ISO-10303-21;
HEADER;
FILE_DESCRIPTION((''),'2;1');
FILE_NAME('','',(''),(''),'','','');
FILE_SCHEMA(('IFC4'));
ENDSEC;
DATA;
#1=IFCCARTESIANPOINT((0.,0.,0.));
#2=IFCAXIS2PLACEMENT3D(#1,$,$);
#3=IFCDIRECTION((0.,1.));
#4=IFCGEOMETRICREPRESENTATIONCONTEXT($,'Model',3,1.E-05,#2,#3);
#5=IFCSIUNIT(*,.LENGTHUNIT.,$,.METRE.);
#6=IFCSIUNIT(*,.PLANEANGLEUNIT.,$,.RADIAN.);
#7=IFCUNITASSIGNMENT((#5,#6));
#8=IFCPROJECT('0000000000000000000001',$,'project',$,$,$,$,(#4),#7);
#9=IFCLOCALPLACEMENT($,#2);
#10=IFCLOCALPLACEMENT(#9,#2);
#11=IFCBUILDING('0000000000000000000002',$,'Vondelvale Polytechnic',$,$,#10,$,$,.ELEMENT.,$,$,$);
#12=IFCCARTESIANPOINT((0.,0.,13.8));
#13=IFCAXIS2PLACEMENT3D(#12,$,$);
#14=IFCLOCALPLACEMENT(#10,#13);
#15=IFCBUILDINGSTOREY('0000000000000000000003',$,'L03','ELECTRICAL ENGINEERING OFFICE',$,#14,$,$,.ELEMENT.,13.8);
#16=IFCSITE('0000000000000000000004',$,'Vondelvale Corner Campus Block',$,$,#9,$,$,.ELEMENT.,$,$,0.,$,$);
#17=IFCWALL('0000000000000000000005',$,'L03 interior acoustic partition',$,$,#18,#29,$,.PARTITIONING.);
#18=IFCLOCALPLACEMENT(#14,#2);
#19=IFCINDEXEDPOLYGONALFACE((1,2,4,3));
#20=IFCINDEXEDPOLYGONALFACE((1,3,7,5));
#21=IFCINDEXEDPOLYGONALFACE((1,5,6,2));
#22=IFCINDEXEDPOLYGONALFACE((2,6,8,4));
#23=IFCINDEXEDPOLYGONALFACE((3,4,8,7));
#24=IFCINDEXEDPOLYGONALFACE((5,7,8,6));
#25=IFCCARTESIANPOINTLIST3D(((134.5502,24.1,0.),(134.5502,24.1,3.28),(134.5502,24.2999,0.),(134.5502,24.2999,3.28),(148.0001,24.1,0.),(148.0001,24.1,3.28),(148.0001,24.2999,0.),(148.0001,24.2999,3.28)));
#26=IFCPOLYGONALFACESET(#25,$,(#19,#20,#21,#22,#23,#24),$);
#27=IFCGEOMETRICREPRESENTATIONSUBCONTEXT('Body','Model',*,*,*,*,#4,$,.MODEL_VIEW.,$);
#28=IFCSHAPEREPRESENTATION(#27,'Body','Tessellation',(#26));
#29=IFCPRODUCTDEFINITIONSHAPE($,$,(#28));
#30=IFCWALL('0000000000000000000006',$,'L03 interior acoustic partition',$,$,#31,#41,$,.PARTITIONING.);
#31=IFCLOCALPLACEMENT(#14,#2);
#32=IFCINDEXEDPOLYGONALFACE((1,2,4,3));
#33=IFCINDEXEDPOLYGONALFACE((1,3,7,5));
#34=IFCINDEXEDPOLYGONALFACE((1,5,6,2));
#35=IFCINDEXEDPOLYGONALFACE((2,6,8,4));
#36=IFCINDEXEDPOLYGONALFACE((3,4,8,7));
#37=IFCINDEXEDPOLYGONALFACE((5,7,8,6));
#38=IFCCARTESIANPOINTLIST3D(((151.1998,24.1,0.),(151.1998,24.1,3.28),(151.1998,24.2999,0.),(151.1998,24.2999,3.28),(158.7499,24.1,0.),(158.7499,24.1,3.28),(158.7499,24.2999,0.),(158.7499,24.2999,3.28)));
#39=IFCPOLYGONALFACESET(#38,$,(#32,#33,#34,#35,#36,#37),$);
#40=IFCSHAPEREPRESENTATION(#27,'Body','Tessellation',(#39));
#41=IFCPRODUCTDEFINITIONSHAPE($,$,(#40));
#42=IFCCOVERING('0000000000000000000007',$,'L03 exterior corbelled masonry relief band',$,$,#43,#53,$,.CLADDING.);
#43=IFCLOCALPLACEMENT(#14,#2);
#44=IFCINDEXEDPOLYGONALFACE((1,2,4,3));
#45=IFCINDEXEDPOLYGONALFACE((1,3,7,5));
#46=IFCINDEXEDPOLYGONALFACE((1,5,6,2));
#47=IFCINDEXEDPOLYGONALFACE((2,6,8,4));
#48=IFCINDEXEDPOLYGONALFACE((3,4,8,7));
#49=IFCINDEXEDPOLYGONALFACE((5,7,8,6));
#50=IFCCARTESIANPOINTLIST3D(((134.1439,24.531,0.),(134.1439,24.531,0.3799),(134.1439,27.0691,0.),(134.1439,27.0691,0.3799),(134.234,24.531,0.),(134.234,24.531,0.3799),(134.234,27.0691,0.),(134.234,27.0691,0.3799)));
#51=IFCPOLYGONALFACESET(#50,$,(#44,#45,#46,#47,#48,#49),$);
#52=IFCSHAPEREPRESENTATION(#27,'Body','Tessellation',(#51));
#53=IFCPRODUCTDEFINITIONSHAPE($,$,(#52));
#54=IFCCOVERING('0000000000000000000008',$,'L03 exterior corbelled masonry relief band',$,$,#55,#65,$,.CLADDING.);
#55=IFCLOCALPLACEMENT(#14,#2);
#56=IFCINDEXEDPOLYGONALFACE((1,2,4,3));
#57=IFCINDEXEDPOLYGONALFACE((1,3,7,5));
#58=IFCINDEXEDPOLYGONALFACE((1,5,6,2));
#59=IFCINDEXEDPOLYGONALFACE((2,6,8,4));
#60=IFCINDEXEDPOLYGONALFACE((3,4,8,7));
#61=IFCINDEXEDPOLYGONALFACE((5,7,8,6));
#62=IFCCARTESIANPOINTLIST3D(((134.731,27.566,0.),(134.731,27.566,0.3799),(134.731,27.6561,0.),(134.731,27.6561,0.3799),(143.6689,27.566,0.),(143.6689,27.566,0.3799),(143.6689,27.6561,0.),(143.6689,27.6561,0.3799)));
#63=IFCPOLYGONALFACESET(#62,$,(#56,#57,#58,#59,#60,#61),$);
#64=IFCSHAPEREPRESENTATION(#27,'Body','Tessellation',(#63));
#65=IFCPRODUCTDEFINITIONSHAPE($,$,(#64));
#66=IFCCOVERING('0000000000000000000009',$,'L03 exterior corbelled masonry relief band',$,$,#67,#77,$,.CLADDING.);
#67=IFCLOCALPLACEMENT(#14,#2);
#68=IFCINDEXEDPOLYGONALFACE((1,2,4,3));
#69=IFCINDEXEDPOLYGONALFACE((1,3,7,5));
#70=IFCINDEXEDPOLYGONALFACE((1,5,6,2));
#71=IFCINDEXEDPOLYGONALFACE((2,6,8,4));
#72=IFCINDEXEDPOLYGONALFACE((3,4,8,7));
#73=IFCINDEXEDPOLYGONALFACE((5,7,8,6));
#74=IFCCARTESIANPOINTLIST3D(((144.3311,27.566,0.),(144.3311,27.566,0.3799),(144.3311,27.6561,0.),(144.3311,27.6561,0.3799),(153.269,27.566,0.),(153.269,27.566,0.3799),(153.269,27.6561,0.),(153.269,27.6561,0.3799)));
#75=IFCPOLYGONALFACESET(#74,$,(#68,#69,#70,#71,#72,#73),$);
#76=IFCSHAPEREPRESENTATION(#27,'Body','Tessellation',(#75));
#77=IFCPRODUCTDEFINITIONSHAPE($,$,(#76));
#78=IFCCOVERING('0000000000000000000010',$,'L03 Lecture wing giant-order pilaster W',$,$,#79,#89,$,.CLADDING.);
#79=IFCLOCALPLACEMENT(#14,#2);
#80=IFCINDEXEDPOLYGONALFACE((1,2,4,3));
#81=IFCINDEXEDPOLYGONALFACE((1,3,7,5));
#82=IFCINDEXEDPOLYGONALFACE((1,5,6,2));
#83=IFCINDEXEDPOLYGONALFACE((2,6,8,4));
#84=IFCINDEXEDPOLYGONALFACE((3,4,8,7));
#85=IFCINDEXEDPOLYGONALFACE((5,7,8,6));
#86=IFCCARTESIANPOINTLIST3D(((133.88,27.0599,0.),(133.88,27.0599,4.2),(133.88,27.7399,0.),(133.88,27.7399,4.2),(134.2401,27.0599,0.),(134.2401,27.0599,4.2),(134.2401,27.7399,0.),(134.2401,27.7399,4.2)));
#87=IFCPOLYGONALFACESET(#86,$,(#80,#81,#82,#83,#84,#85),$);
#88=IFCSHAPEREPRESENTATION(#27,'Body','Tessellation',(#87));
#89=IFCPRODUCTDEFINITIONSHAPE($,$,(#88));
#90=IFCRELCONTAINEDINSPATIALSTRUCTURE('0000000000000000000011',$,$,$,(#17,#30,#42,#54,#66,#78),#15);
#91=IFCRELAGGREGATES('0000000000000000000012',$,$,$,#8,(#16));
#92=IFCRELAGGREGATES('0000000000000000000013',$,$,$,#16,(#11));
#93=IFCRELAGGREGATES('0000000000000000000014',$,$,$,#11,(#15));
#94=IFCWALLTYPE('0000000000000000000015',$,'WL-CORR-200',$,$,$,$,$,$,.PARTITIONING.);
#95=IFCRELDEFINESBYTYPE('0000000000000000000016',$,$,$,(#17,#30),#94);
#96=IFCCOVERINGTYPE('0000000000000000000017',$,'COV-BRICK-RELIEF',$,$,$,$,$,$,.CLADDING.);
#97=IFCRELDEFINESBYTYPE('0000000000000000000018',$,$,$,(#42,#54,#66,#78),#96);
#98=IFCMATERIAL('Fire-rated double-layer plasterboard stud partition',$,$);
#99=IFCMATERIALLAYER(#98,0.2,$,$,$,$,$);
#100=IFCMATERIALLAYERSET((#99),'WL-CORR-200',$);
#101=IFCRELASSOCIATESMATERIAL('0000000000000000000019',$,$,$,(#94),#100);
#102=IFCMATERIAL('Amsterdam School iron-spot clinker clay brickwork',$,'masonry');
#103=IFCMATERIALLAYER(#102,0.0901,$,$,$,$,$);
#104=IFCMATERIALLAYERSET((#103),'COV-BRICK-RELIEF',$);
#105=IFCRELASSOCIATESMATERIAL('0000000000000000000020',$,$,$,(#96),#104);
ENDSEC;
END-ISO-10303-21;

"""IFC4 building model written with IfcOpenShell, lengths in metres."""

from ifc_helpers import new_model, si_unit, direction, frame, frame_2d, origin, origin_2d, place, context, subcontext, project, spatial, rectangle, extrude, material, layer, layer_set, type_object, element, save


model = new_model("IFC4")

# Units and contexts
model_context = context("Model", 3, precision=1e-05, world=origin(), true_north=direction((0.0, 1.0)))
body_context = subcontext(model_context, "Body", "Model", "MODEL_VIEW")
ifc_project = project(units=[si_unit("LENGTHUNIT", "METRE"), si_unit("PLANEANGLEUNIT", "RADIAN")], contexts=[model_context])

# Site, building, storey
site_placement = place(None, origin())
site = spatial("IfcSite", under=ifc_project, at=site_placement, Name="Vondelvale Corner Campus Block", CompositionType="ELEMENT", RefElevation=0.0)
building_placement = place(site_placement, origin())
building = spatial("IfcBuilding", under=site, at=building_placement, Name="Vondelvale Polytechnic", CompositionType="ELEMENT")
storey_placement = place(building_placement, frame((0.0, 0.0, 13.8)))
storey = spatial("IfcBuildingStorey", under=building, at=storey_placement, Name="L03", Description="ELECTRICAL ENGINEERING OFFICE", CompositionType="ELEMENT", Elevation=13.8)

# Shared definitions
ifc_material_1 = material(Name="Amsterdam School iron-spot clinker clay brickwork", Category="masonry")

# Walls
ifc_material_2 = material(Name="Fire-rated double-layer plasterboard stud partition")
ifc_layer_1 = layer(ifc_material_2, 0.2)
ifc_layer_set_1 = layer_set([ifc_layer_1], Name="WL-CORR-200")
wall_type_1 = type_object("IfcWallType", Name="WL-CORR-200", PredefinedType="PARTITIONING", material=ifc_layer_set_1)
wall_1_placement = place(storey_placement, frame((134.55, 24.2, 0.0), z_axis=(0.0, 0.0, 1.0), x_axis=(1.0, 0.0, 0.0)))
element("IfcWall", 1, at=wall_1_placement, inside=storey, type_object=wall_type_1, Name="L03 interior acoustic partition", PredefinedType="PARTITIONING", context=body_context, shape_type="SweptSolid", body=[
    extrude(rectangle(XDim=13.45, YDim=0.2, at=frame_2d((6.7251, 0.0))), origin(), (0.0, 0.0, 1.0), 3.28),
])
wall_2_placement = place(storey_placement, frame((151.2, 24.2, 0.0), z_axis=(0.0, 0.0, 1.0), x_axis=(1.0, 0.0, 0.0)))
element("IfcWall", 2, at=wall_2_placement, inside=storey, type_object=wall_type_1, Name="L03 interior acoustic partition", PredefinedType="PARTITIONING", context=body_context, shape_type="SweptSolid", body=[
    extrude(rectangle(XDim=7.55, YDim=0.2, at=frame_2d((3.7749, 0.0))), origin(), (0.0, 0.0, 1.0), 3.28),
])

# Coverings
ifc_layer_2 = layer(ifc_material_1, 0.0901)
ifc_layer_set_2 = layer_set([ifc_layer_2], Name="COV-BRICK-RELIEF")
covering_type = type_object("IfcCoveringType", Name="COV-BRICK-RELIEF", PredefinedType="CLADDING", material=ifc_layer_set_2)
covering_1_placement = place(storey_placement, frame((134.189, 25.8, 0.0), z_axis=(0.0, 0.0, 1.0), x_axis=(0.0, 1.0, 0.0)))
element("IfcCovering", 3, at=covering_1_placement, inside=storey, type_object=covering_type, Name="L03 exterior corbelled masonry relief band", PredefinedType="CLADDING", context=body_context, shape_type="SweptSolid", body=[
    extrude(rectangle(XDim=2.5381, YDim=0.0901, at=origin_2d()), origin(), (0.0, 0.0, 1.0), 0.3799),
])
for number, where, z_axis, x_axis, name in (
    (4, (139.2, 27.6111, 0.0), (0.0, 0.0, 1.0), (1.0, 0.0, 0.0), "L03 exterior corbelled masonry relief band"),
    (5, (148.8, 27.6111, 0.0), (0.0, 0.0, 1.0), (1.0, 0.0, 0.0), "L03 exterior corbelled masonry relief band"),
):
    element("IfcCovering", number, at=place(storey_placement, frame(where, z_axis=z_axis, x_axis=x_axis)), inside=storey, type_object=covering_type, Name=name, PredefinedType="CLADDING", context=body_context, shape_type="SweptSolid", body=[
        extrude(rectangle(XDim=8.938, YDim=0.0901, at=origin_2d()), origin(), (0.0, 0.0, 1.0), 0.3799),
    ])
covering_2_placement = place(storey_placement, frame((134.0601, 27.3999, 0.0), z_axis=(0.0, 0.0, 1.0), x_axis=(1.0, 0.0, 0.0)))
element("IfcCovering", 6, at=covering_2_placement, inside=storey, type_object=covering_type, Name="L03 Lecture wing giant-order pilaster W", PredefinedType="CLADDING", context=body_context, shape_type="SweptSolid", body=[
    extrude(rectangle(XDim=0.3601, YDim=0.6799, at=origin_2d()), origin(), (0.0, 0.0, 1.0), 4.2),
])

save(model, "model.ifc")
